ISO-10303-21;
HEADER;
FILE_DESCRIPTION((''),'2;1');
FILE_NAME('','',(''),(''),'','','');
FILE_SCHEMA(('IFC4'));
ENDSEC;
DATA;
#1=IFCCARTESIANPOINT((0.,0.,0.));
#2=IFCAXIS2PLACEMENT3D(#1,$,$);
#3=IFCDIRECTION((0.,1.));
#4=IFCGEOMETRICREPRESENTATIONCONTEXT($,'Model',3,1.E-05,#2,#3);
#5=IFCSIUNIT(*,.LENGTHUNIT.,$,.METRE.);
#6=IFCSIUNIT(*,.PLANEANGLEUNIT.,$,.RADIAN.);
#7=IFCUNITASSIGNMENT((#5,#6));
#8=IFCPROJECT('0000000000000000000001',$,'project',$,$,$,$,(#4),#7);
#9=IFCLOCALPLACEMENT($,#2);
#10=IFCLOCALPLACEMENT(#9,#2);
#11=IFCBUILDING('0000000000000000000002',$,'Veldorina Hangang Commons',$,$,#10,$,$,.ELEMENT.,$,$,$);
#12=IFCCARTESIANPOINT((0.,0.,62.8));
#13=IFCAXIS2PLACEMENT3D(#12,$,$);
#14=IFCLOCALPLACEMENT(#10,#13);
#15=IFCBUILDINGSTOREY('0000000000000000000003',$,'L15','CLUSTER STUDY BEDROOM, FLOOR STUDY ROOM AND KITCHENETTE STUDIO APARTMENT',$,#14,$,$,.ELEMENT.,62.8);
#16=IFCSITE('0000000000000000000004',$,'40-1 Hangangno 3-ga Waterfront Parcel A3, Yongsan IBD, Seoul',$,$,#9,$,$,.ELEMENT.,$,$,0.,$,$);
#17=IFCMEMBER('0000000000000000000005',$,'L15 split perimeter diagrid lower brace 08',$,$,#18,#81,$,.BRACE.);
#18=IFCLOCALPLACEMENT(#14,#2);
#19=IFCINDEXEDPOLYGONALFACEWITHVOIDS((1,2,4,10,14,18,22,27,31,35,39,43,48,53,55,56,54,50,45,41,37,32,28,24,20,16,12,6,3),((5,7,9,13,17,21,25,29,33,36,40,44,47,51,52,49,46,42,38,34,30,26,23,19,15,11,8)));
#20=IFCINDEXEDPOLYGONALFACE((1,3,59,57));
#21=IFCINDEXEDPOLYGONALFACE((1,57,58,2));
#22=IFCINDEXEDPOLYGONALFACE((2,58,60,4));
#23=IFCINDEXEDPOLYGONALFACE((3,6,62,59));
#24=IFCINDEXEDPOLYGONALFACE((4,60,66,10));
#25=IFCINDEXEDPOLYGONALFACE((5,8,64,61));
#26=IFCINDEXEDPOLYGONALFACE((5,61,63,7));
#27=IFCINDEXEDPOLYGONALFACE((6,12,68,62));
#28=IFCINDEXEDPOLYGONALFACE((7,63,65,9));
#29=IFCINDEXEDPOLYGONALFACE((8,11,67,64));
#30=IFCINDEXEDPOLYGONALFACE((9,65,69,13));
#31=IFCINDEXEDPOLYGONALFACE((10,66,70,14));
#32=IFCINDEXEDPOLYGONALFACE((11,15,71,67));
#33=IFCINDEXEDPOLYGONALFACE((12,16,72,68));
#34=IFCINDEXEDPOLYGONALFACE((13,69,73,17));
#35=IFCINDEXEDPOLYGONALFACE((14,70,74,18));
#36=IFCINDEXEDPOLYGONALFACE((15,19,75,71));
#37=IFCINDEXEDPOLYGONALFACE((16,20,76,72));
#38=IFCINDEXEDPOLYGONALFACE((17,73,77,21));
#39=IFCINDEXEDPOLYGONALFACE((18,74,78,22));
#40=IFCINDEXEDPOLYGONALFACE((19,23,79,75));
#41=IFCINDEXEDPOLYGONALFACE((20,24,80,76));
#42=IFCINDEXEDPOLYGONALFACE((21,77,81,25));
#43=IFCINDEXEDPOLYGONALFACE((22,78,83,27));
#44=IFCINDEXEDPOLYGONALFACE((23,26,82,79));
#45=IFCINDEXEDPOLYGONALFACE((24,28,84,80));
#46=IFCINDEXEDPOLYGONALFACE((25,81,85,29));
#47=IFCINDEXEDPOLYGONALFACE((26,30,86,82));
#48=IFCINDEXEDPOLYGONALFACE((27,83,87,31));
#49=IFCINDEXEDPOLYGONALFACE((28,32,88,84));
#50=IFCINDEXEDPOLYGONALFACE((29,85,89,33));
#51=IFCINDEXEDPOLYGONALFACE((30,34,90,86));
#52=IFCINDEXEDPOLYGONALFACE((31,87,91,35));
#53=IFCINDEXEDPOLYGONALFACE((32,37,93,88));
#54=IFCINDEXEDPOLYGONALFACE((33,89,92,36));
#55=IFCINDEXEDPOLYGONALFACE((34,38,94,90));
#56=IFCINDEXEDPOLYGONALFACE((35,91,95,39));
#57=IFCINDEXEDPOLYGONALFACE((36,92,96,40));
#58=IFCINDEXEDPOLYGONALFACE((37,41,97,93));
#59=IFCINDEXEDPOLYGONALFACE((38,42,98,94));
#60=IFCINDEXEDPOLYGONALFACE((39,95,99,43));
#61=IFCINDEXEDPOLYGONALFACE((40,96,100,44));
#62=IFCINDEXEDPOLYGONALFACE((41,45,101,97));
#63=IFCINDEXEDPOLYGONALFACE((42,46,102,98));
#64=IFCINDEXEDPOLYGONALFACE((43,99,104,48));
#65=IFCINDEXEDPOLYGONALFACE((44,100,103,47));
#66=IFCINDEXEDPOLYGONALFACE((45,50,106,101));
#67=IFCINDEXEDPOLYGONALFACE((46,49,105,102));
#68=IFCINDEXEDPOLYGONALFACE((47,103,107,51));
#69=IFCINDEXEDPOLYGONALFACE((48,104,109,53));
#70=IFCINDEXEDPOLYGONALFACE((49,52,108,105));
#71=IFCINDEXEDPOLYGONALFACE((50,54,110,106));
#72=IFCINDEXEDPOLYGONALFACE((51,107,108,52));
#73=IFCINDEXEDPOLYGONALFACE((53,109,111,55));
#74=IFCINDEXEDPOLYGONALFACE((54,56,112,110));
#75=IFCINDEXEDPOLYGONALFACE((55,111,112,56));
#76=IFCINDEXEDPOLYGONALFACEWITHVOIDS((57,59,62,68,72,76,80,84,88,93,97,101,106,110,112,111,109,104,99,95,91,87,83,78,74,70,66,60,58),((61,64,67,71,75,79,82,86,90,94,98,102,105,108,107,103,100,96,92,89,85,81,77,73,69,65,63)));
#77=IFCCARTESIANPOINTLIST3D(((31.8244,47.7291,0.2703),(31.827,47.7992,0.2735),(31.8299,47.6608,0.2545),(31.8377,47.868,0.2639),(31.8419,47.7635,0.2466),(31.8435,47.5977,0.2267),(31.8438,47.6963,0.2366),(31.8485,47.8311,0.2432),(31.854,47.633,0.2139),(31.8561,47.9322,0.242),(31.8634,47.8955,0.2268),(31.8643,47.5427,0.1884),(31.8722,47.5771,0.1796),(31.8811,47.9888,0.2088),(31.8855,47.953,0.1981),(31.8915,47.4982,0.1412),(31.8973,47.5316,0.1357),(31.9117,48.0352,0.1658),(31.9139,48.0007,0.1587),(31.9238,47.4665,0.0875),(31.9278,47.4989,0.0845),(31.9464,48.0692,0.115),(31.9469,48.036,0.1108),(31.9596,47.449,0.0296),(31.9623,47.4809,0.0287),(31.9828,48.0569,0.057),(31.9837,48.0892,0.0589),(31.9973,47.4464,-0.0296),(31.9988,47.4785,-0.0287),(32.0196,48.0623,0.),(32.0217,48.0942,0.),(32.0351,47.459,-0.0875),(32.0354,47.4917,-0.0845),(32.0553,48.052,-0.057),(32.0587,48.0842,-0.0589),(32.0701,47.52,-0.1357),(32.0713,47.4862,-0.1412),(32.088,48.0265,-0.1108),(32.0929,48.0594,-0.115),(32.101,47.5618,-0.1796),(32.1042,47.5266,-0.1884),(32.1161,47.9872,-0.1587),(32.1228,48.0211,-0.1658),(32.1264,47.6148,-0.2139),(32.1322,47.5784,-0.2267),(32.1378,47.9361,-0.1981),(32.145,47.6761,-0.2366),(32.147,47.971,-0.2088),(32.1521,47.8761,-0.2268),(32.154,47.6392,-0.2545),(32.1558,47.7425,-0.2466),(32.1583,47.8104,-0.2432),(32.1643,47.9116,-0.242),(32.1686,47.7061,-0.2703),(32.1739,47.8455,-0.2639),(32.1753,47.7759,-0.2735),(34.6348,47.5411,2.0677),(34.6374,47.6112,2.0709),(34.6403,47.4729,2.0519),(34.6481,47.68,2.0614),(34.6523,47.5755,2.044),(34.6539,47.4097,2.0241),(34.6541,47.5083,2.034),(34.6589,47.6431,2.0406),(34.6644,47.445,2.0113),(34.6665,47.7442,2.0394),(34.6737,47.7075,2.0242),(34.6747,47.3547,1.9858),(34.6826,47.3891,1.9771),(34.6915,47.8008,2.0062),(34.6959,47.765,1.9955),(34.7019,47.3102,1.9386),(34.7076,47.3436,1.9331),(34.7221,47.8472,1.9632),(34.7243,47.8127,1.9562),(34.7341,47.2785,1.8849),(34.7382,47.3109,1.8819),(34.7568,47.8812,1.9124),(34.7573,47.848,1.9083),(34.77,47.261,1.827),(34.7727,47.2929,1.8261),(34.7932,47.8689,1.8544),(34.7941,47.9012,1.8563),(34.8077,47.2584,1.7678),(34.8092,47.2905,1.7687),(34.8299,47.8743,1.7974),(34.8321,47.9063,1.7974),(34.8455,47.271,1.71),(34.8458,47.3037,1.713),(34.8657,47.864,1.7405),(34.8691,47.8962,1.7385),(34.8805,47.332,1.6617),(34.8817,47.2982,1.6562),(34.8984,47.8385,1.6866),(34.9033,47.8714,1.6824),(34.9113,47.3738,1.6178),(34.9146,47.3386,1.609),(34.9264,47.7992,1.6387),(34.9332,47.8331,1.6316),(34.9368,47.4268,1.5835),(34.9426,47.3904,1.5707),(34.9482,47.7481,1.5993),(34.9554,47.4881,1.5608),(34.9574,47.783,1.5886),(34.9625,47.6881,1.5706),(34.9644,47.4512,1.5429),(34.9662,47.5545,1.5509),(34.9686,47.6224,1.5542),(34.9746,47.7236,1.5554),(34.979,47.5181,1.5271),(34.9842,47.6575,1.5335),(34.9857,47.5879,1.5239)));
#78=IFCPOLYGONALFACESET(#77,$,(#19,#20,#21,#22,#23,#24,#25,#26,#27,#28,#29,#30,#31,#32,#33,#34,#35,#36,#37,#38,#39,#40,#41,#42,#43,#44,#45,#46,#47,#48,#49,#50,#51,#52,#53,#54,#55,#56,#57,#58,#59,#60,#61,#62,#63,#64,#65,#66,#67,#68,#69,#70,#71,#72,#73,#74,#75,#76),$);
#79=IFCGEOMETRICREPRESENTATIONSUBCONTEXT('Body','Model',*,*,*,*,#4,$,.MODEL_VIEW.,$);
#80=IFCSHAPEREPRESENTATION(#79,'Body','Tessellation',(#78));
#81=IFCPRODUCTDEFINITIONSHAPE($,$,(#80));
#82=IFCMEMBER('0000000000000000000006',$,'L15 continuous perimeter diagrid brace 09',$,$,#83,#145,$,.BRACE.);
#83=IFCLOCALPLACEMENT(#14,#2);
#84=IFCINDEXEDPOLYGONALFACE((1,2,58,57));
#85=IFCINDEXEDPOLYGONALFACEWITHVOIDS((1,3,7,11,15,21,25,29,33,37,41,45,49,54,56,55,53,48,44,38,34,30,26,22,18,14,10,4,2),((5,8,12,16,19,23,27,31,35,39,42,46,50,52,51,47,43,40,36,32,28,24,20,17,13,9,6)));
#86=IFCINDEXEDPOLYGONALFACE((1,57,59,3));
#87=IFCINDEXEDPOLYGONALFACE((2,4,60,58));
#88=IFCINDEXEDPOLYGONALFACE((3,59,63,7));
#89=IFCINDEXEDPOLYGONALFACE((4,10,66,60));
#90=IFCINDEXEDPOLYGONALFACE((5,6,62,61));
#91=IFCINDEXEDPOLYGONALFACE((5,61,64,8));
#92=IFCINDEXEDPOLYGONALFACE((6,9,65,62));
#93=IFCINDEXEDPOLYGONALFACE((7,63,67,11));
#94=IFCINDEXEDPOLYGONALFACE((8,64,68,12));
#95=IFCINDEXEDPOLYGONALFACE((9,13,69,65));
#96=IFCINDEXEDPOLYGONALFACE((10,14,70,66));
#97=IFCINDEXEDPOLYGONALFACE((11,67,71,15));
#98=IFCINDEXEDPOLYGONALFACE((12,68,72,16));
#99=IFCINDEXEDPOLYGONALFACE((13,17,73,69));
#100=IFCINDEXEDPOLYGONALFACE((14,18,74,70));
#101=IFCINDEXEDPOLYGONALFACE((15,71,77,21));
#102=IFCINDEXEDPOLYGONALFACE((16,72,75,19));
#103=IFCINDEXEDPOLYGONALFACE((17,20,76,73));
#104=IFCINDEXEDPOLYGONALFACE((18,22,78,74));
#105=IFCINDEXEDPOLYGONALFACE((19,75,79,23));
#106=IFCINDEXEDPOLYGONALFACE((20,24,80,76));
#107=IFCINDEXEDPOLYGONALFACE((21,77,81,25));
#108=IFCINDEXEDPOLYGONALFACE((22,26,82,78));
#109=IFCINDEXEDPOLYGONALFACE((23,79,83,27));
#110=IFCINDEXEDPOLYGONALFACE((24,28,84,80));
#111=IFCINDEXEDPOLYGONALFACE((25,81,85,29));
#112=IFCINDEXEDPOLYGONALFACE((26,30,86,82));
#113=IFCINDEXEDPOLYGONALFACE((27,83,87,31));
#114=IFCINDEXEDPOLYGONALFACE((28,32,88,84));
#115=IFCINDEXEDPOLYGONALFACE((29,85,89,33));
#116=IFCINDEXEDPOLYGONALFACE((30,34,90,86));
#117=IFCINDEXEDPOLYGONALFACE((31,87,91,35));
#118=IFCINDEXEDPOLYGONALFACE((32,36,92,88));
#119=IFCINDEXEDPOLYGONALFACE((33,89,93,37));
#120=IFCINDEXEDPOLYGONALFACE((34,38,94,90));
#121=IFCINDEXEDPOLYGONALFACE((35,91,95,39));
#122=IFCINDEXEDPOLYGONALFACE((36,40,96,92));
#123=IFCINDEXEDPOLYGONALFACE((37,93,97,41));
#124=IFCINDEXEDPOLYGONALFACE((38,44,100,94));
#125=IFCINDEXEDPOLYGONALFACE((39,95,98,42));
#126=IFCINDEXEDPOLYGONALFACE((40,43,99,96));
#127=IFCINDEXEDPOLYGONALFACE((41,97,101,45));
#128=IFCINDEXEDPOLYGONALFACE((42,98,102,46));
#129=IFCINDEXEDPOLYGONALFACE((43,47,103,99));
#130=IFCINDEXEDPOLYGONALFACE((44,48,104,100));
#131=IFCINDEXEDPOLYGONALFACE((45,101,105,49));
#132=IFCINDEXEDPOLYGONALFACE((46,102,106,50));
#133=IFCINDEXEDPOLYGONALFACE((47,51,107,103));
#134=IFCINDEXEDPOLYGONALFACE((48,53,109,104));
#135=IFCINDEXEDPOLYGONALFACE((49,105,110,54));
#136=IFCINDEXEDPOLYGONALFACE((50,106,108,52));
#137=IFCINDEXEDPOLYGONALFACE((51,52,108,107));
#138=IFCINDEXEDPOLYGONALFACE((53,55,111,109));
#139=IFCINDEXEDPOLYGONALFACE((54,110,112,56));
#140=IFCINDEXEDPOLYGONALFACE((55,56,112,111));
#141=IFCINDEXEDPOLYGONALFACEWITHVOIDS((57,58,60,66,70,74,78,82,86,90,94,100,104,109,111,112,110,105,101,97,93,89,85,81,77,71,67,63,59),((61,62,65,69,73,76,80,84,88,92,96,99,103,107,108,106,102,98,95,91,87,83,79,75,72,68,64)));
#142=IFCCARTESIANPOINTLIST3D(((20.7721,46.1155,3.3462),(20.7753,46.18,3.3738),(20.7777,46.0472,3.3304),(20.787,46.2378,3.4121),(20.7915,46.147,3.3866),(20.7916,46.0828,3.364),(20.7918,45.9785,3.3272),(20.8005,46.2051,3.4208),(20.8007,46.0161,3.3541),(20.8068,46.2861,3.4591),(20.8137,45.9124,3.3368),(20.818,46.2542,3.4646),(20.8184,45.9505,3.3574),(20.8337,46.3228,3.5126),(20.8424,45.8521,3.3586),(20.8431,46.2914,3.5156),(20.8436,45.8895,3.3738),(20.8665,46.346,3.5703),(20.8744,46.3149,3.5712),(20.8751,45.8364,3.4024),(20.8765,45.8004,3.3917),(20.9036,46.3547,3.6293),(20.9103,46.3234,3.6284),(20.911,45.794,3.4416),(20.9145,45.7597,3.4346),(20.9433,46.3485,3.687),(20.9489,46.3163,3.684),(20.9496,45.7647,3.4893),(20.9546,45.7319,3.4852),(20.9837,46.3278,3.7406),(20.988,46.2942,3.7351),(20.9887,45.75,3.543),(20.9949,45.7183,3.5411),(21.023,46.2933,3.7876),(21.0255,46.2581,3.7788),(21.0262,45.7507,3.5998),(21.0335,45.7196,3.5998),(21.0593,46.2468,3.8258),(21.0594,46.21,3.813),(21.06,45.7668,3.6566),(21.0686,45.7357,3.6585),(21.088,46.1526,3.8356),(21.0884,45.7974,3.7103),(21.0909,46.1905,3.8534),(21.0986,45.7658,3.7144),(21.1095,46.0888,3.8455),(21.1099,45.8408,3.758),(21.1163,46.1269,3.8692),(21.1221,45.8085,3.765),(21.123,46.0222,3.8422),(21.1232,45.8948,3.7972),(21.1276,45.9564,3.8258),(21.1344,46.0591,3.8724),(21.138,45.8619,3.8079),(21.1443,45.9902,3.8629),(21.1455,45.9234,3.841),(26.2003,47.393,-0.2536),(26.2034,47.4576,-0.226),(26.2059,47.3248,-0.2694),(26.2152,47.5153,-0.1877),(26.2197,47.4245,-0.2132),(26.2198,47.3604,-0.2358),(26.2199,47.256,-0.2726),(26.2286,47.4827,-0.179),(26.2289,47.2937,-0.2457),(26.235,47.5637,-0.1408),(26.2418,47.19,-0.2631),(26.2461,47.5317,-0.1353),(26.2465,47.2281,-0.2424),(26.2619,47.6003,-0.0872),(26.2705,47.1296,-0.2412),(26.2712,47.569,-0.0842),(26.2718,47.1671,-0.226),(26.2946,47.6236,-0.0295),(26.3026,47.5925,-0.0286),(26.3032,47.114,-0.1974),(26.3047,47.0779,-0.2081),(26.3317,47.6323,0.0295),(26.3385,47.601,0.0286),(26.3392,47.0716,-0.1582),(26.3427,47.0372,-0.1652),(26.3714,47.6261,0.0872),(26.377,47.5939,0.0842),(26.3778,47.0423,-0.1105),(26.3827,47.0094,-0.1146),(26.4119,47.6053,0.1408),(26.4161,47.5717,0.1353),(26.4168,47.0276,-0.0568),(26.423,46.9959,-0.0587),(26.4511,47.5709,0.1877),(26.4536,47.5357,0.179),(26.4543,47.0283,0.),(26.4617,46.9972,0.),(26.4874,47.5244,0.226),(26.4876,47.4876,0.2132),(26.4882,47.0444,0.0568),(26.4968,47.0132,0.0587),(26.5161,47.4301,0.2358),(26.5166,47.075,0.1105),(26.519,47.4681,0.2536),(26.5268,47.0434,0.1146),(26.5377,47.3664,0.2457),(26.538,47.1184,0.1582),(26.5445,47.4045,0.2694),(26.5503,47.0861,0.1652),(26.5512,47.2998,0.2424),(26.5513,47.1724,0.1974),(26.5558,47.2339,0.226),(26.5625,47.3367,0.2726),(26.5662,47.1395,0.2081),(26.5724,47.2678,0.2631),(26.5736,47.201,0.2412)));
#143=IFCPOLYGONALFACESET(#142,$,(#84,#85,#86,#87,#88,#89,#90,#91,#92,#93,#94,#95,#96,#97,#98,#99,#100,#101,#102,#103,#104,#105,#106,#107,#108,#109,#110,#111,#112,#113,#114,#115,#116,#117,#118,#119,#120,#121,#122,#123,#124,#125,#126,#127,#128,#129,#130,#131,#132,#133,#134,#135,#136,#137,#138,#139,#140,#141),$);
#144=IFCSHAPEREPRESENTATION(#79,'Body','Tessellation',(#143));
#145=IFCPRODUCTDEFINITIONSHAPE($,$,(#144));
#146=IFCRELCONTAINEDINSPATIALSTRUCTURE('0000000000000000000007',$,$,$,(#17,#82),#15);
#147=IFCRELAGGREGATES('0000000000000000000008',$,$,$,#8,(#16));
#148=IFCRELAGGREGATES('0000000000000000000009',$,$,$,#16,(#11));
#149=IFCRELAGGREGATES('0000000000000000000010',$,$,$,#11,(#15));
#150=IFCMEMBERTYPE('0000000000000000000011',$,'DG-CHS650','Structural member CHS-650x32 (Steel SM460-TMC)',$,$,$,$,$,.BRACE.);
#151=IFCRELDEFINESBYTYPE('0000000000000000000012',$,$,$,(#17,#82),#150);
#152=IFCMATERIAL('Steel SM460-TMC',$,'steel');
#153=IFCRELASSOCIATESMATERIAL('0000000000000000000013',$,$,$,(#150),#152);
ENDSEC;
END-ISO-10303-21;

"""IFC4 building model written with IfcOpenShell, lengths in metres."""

from ifc_helpers import new_model, si_unit, direction, frame, origin, origin_2d, place, context, subcontext, project, spatial, hollow_circle, extrude, material, material_profile, profile_set, type_object, element, save


model = new_model("IFC4")

# Units and contexts
model_context = context("Model", 3, precision=1e-05, world=origin(), true_north=direction((0.0, 1.0)))
body_context = subcontext(model_context, "Body", "Model", "MODEL_VIEW")
ifc_project = project(units=[si_unit("LENGTHUNIT", "METRE"), si_unit("PLANEANGLEUNIT", "RADIAN")], contexts=[model_context])

# Site, building, storey
site_placement = place(None, origin())
site = spatial("IfcSite", under=ifc_project, at=site_placement, Name="40-1 Hangangno 3-ga Waterfront Parcel A3, Yongsan IBD, Seoul", CompositionType="ELEMENT", RefElevation=0.0)
building_placement = place(site_placement, origin())
building = spatial("IfcBuilding", under=site, at=building_placement, Name="Veldorina Hangang Commons", CompositionType="ELEMENT")
storey_placement = place(building_placement, frame((0.0, 0.0, 62.8)))
storey = spatial("IfcBuildingStorey", under=building, at=storey_placement, Name="L15", Description="CLUSTER STUDY BEDROOM, FLOOR STUDY ROOM AND KITCHENETTE STUDIO APARTMENT", CompositionType="ELEMENT", Elevation=62.8)

# Members
ifc_material_1 = material(Name="Steel SM460-TMC", Category="steel")
ifc_material_profile_1 = material_profile(ifc_material_1, hollow_circle(Radius=0.325, WallThickness=0.032, at=origin_2d()), Name="CHS-650x32")
ifc_profile_set_1 = profile_set([ifc_material_profile_1], Name="Steel SM460-TMC")
member_type = type_object("IfcMemberType", Name="DG-CHS650", Description="Structural member CHS-650x32 (Steel SM460-TMC)", PredefinedType="BRACE", material=ifc_profile_set_1)
member_1_placement = place(storey_placement, frame((32.0, 47.77, 0.0), z_axis=(0.841104, -0.056264, 0.537939), x_axis=(0.066743, 0.99777, 0.0)))
element("IfcMember", 1, at=member_1_placement, inside=storey, type_object=member_type, Name="L15 split perimeter diagrid lower brace 08", PredefinedType="BRACE", context=body_context, shape_type="SweptSolid", body=[
    extrude(hollow_circle(Radius=0.325, WallThickness=0.032, at=origin_2d()), origin(), (0.0, 0.0, 1.0), 3.3413),
])
member_2_placement = place(storey_placement, frame((26.3872, 47.3135, 0.0), z_axis=(-0.817808, -0.192479, 0.542349), x_axis=(0.2291, -0.973403, 0.0)))
element("IfcMember", 2, at=member_2_placement, inside=storey, type_object=member_type, Name="L15 continuous perimeter diagrid brace 09", PredefinedType="BRACE", context=body_context, shape_type="SweptSolid", body=[
    extrude(hollow_circle(Radius=0.325, WallThickness=0.032, at=origin_2d()), origin(), (0.0, 0.0, 1.0), 6.6375),
])

save(model, "model.ifc")
